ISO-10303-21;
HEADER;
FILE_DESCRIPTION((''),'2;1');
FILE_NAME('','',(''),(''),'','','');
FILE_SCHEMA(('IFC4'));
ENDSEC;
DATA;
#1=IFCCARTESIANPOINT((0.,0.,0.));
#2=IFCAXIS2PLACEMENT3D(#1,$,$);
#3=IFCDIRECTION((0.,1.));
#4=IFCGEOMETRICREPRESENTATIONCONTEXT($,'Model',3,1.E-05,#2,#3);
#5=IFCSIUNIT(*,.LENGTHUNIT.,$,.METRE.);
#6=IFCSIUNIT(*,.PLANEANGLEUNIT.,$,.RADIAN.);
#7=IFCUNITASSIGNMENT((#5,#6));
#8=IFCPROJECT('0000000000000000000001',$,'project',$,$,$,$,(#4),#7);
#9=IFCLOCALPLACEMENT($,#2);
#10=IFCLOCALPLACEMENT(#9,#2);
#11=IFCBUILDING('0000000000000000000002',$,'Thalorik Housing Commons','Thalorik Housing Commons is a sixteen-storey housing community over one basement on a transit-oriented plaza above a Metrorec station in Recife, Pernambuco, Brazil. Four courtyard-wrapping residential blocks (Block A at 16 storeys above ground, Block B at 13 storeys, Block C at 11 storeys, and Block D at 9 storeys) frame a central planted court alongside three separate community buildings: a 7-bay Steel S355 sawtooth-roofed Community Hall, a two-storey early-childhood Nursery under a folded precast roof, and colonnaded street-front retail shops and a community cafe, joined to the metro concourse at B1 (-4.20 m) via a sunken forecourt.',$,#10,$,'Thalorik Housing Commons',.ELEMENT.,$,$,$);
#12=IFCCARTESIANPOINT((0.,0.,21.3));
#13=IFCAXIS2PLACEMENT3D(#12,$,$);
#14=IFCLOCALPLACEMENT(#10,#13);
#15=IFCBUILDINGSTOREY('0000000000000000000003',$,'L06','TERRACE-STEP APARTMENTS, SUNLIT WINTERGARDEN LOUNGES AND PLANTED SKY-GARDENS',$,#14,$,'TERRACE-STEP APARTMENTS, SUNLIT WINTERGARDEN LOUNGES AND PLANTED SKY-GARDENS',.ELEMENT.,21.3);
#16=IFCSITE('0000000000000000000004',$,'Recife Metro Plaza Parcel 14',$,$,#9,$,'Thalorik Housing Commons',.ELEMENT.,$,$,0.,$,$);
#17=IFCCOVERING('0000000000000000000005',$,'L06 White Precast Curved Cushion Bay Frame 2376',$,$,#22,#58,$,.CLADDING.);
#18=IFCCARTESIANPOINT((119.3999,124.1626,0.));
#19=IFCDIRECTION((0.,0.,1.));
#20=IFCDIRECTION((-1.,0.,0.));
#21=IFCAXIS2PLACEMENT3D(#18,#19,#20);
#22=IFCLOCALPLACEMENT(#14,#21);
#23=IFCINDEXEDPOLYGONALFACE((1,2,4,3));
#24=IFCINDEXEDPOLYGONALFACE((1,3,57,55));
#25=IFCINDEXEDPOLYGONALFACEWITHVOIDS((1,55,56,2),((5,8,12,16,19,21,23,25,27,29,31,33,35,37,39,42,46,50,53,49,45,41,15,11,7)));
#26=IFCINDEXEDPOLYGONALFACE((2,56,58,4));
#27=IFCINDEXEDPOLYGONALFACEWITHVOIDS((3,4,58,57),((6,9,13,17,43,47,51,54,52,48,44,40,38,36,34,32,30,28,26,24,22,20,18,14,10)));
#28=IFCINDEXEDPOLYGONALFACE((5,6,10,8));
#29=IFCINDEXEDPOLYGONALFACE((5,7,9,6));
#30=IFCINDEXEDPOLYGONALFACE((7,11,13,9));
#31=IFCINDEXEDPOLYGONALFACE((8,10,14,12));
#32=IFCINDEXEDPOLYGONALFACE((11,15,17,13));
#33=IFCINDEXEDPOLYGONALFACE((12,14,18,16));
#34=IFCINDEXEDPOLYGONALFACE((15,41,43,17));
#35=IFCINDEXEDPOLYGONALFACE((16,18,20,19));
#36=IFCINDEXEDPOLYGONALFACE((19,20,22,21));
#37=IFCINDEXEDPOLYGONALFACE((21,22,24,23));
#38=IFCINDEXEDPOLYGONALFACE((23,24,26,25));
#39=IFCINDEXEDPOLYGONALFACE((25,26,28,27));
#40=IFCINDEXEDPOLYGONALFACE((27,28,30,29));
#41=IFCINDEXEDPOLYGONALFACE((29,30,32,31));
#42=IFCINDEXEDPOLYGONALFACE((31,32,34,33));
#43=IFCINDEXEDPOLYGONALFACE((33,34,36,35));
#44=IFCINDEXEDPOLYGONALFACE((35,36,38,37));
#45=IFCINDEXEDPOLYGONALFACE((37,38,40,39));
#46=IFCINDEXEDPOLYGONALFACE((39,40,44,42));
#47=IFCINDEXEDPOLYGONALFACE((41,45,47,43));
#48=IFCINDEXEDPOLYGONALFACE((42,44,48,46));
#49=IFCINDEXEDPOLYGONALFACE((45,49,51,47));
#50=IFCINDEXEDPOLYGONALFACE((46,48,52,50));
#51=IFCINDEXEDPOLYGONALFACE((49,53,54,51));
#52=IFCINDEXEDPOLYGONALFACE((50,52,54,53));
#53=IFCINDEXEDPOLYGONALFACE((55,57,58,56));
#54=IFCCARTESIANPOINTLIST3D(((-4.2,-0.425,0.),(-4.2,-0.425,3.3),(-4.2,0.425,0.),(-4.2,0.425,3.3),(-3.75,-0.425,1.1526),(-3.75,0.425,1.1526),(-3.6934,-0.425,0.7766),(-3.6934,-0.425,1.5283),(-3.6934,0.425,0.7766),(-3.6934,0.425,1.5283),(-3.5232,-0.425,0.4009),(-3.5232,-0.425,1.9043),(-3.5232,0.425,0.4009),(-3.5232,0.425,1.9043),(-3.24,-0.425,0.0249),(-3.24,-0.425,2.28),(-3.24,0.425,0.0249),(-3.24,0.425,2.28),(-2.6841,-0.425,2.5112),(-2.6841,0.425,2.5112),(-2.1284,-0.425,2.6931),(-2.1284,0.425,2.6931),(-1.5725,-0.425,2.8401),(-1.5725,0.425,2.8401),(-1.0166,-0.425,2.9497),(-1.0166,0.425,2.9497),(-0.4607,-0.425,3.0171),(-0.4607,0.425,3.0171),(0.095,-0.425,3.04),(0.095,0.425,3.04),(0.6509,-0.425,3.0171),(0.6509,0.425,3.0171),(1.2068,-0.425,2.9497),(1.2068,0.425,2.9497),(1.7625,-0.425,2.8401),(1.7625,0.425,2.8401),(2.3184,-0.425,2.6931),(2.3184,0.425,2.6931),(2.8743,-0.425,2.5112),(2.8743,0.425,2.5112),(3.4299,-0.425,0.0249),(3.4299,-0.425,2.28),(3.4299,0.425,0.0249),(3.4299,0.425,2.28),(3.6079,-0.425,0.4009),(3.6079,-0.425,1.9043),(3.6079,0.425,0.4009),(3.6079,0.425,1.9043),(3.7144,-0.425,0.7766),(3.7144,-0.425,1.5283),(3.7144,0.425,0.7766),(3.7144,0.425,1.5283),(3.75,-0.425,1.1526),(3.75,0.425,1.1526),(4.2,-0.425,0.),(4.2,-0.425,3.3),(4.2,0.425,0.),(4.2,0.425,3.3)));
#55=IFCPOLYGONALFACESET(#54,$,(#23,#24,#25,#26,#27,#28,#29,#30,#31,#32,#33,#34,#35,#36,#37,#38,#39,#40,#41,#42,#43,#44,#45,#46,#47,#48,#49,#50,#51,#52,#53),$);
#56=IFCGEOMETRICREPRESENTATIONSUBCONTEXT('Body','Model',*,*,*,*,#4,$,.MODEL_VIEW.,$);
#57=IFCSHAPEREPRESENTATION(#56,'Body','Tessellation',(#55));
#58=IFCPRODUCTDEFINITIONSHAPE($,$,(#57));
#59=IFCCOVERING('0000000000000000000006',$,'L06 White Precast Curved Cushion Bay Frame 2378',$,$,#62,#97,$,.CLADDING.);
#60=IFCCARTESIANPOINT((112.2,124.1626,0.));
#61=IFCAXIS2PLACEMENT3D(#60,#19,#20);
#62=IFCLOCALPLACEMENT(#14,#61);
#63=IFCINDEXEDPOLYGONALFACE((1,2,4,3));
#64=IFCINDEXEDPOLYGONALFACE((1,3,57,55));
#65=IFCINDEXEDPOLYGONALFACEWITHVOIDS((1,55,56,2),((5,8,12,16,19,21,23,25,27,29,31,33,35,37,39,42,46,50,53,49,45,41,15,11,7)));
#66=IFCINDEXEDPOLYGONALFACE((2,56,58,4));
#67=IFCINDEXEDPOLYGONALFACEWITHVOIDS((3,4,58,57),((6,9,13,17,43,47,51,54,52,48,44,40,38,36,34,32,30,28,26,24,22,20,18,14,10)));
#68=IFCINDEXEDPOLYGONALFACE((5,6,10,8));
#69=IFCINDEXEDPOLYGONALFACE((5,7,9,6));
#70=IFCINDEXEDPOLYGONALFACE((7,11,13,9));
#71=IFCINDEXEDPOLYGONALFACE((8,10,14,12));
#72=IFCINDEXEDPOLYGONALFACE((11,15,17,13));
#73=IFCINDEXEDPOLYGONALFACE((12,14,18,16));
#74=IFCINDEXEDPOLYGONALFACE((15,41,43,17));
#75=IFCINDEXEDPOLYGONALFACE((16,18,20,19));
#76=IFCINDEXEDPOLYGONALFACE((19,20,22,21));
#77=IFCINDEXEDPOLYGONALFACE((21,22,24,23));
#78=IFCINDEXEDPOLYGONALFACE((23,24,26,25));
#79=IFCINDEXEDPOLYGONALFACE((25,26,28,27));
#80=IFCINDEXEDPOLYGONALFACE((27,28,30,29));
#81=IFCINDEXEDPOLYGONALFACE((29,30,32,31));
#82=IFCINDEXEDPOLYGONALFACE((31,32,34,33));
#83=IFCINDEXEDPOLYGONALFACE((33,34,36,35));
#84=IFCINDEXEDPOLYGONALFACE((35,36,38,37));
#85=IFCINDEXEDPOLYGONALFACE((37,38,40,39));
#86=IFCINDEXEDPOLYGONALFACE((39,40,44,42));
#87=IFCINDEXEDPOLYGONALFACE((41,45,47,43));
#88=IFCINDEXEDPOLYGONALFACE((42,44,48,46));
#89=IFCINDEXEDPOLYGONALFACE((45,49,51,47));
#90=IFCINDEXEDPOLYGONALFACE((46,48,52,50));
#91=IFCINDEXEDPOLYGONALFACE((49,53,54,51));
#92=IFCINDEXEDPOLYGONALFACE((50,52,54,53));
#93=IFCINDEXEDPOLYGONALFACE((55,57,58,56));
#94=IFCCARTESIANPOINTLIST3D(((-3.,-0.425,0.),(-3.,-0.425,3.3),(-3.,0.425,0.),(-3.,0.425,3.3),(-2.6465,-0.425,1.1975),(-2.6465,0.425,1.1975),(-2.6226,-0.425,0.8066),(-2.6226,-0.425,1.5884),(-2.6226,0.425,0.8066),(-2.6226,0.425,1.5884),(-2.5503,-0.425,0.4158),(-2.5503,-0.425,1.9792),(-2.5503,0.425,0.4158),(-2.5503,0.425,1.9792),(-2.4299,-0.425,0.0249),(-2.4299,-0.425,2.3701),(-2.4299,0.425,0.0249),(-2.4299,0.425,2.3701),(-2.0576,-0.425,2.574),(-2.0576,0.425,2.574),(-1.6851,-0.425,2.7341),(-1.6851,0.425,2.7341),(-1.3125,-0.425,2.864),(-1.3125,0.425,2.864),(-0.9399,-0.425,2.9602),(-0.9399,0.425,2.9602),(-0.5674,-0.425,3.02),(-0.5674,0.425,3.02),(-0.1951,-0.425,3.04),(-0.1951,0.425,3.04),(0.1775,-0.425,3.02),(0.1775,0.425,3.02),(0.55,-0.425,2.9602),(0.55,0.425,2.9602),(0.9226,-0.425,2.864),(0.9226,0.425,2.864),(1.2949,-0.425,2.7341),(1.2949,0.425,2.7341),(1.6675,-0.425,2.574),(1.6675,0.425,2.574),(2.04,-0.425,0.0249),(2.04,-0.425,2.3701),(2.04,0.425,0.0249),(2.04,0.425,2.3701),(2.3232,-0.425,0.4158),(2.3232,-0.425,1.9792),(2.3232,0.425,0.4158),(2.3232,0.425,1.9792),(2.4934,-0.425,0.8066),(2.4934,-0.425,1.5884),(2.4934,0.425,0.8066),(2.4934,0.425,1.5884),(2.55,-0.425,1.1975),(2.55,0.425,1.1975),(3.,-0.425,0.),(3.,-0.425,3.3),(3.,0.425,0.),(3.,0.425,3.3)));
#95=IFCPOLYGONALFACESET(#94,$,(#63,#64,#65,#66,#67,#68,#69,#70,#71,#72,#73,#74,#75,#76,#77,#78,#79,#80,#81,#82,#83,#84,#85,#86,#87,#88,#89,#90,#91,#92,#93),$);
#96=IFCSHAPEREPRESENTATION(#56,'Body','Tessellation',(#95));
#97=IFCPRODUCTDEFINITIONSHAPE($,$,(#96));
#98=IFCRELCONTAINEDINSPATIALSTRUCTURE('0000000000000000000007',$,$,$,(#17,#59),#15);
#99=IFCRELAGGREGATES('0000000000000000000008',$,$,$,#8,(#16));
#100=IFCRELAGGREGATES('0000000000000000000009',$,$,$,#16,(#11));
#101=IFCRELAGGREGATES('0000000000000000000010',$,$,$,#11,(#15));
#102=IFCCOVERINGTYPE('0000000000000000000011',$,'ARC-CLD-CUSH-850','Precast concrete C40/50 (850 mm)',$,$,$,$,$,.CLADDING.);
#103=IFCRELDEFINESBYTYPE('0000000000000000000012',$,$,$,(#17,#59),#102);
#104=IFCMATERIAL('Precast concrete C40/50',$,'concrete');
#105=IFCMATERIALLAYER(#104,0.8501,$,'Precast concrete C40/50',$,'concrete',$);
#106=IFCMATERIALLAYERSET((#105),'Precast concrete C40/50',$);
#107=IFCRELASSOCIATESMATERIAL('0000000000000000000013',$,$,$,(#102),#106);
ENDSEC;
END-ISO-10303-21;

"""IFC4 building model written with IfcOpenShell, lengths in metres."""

from ifc_helpers import new_model, si_unit, direction, frame, origin, place, context, subcontext, project, spatial, polyline, outline, extrude, material, layer, layer_set, type_object, element, save


model = new_model("IFC4")

# Units and contexts
model_context = context("Model", 3, precision=1e-05, world=origin(), true_north=direction((0.0, 1.0)))
body_context = subcontext(model_context, "Body", "Model", "MODEL_VIEW")
ifc_project = project(units=[si_unit("LENGTHUNIT", "METRE"), si_unit("PLANEANGLEUNIT", "RADIAN")], contexts=[model_context])

# Site, building, storey
site_placement = place(None, origin())
site = spatial("IfcSite", under=ifc_project, at=site_placement, Name="Recife Metro Plaza Parcel 14", LongName="Thalorik Housing Commons", CompositionType="ELEMENT", RefElevation=0.0)
building_placement = place(site_placement, origin())
building = spatial("IfcBuilding", under=site, at=building_placement, Name="Thalorik Housing Commons", Description="Thalorik Housing Commons is a sixteen-storey housing community over one basement on a transit-oriented plaza above a Metrorec station in Recife, Pernambuco, Brazil. Four courtyard-wrapping residential blocks (Block A at 16 storeys above ground, Block B at 13 storeys, Block C at 11 storeys, and Block D at 9 storeys) frame a central planted court alongside three separate community buildings: a 7-bay Steel S355 sawtooth-roofed Community Hall, a two-storey early-childhood Nursery under a folded precast roof, and colonnaded street-front retail shops and a community cafe, joined to the metro concourse at B1 (-4.20 m) via a sunken forecourt.", LongName="Thalorik Housing Commons", CompositionType="ELEMENT")
storey_placement = place(building_placement, frame((0.0, 0.0, 21.3)))
storey = spatial("IfcBuildingStorey", under=building, at=storey_placement, Name="L06", Description="TERRACE-STEP APARTMENTS, SUNLIT WINTERGARDEN LOUNGES AND PLANTED SKY-GARDENS", LongName="TERRACE-STEP APARTMENTS, SUNLIT WINTERGARDEN LOUNGES AND PLANTED SKY-GARDENS", CompositionType="ELEMENT", Elevation=21.3)

# Shared definitions
ifc_material_1 = material(Name="Precast concrete C40/50", Category="concrete")

# Coverings
ifc_layer_1 = layer(ifc_material_1, 0.8501, Name="Precast concrete C40/50", Category="concrete")
ifc_layer_set_1 = layer_set([ifc_layer_1], Name="Precast concrete C40/50")
covering_type_1 = type_object("IfcCoveringType", Name="ARC-CLD-CUSH-850", Description="Precast concrete C40/50 (850 mm)", PredefinedType="CLADDING", material=ifc_layer_set_1)
covering_1_placement = place(storey_placement, frame((119.3999, 124.1626, 0.0), z_axis=(0.0, 0.0, 1.0), x_axis=(-1.0, 0.0, 0.0)))
element("IfcCovering", 1, at=covering_1_placement, inside=storey, type_object=covering_type_1, Name="L06 White Precast Curved Cushion Bay Frame 2376", PredefinedType="CLADDING", context=body_context, shape_type="SweptSolid", body=[
    extrude(outline(polyline([(-4.2, 0.0), (4.2, 0.0), (4.2, 3.3), (-4.2, 3.3), (-4.2, 0.0)]), holes=[polyline([(3.4299, 0.0249), (3.6079, 0.4009), (3.7144, 0.7766), (3.75, 1.1526), (3.7144, 1.5283), (3.6079, 1.9043), (3.4299, 2.28), (2.8743, 2.5112), (2.3184, 2.6931), (1.7625, 2.8401), (1.2068, 2.9497), (0.6509, 3.0171), (0.095, 3.04), (-0.4607, 3.0171), (-1.0166, 2.9497), (-1.5725, 2.8401), (-2.1284, 2.6931), (-2.6841, 2.5112), (-3.24, 2.28), (-3.5232, 1.9043), (-3.6934, 1.5283), (-3.75, 1.1526), (-3.6934, 0.7766), (-3.5232, 0.4009), (-3.24, 0.0249), (3.4299, 0.0249)])]), frame((0.0, 0.425, 0.0), z_axis=(0.0, -1.0, 0.0), x_axis=(1.0, 0.0, 0.0)), (0.0, 0.0, 1.0), 0.8501),
])
covering_2_placement = place(storey_placement, frame((112.2, 124.1626, 0.0), z_axis=(0.0, 0.0, 1.0), x_axis=(-1.0, 0.0, 0.0)))
element("IfcCovering", 2, at=covering_2_placement, inside=storey, type_object=covering_type_1, Name="L06 White Precast Curved Cushion Bay Frame 2378", PredefinedType="CLADDING", context=body_context, shape_type="SweptSolid", body=[
    extrude(outline(polyline([(-3.0, 0.0), (3.0, 0.0), (3.0, 3.3), (-3.0, 3.3), (-3.0, 0.0)]), holes=[polyline([(2.04, 0.0249), (2.3232, 0.4158), (2.4934, 0.8066), (2.55, 1.1975), (2.4934, 1.5884), (2.3232, 1.9792), (2.04, 2.3701), (1.6675, 2.574), (1.2949, 2.7341), (0.9226, 2.864), (0.55, 2.9602), (0.1775, 3.02), (-0.1951, 3.04), (-0.5674, 3.02), (-0.9399, 2.9602), (-1.3125, 2.864), (-1.6851, 2.7341), (-2.0576, 2.574), (-2.4299, 2.3701), (-2.5503, 1.9792), (-2.6226, 1.5884), (-2.6465, 1.1975), (-2.6226, 0.8066), (-2.5503, 0.4158), (-2.4299, 0.0249), (2.04, 0.0249)])]), frame((0.0, 0.425, 0.0), z_axis=(0.0, -1.0, 0.0), x_axis=(1.0, 0.0, 0.0)), (0.0, 0.0, 1.0), 0.8501),
])

save(model, "model.ifc")
